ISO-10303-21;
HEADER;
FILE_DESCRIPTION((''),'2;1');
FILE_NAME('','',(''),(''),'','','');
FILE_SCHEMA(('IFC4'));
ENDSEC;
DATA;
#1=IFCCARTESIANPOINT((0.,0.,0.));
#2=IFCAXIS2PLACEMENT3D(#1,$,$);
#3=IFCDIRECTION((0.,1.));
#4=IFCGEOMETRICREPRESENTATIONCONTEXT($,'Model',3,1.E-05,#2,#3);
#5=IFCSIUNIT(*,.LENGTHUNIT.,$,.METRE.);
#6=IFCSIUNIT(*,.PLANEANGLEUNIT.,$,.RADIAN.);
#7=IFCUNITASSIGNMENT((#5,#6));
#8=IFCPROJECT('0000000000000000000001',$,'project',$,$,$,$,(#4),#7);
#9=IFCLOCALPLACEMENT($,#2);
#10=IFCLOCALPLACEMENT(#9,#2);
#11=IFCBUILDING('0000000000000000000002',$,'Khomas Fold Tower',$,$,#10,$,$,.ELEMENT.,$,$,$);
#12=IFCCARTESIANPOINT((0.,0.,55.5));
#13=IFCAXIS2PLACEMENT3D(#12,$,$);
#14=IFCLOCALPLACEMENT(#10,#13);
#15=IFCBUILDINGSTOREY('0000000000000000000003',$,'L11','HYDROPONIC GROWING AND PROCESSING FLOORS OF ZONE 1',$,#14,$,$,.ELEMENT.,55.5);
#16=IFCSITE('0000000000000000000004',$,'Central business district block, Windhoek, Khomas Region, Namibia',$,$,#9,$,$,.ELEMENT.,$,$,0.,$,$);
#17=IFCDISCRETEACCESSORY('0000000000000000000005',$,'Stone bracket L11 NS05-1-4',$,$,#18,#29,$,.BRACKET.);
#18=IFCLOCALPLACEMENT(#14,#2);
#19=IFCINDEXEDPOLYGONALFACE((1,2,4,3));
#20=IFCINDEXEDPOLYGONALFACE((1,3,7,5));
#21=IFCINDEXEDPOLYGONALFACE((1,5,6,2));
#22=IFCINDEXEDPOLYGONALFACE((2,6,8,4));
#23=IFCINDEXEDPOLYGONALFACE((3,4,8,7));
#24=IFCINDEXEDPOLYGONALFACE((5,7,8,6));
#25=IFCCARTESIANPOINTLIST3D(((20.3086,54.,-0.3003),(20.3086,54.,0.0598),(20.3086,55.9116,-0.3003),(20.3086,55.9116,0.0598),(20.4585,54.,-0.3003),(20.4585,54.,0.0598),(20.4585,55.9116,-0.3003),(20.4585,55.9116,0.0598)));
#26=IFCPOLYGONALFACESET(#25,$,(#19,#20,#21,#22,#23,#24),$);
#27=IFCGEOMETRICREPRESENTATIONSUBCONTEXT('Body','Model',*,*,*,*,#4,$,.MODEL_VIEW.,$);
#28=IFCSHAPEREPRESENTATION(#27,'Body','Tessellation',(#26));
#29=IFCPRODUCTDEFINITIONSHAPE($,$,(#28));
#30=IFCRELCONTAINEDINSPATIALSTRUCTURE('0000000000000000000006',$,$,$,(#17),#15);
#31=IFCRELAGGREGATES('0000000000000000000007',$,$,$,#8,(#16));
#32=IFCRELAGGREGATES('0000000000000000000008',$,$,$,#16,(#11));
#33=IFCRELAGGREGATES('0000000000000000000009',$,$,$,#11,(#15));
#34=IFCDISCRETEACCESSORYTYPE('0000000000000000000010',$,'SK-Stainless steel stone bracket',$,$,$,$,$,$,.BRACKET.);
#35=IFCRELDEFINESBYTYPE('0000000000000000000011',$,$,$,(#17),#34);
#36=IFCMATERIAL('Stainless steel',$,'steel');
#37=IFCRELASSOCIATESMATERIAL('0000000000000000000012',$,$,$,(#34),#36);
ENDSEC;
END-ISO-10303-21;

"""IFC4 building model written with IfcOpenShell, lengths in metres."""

from ifc_helpers import new_model, si_unit, direction, frame, origin, origin_2d, place, context, subcontext, project, spatial, rectangle, extrude, source, transform, mapped, material, type_object, element, save


model = new_model("IFC4")

# Units and contexts
model_context = context("Model", 3, precision=1e-05, world=origin(), true_north=direction((0.0, 1.0)))
body_context = subcontext(model_context, "Body", "Model", "MODEL_VIEW")
ifc_project = project(units=[si_unit("LENGTHUNIT", "METRE"), si_unit("PLANEANGLEUNIT", "RADIAN")], contexts=[model_context])

# Site, building, storey
site_placement = place(None, origin())
site = spatial("IfcSite", under=ifc_project, at=site_placement, Name="Central business district block, Windhoek, Khomas Region, Namibia", CompositionType="ELEMENT", RefElevation=0.0)
building_placement = place(site_placement, origin())
building = spatial("IfcBuilding", under=site, at=building_placement, Name="Khomas Fold Tower", CompositionType="ELEMENT")
storey_placement = place(building_placement, frame((0.0, 0.0, 55.5)))
storey = spatial("IfcBuildingStorey", under=building, at=storey_placement, Name="L11", Description="HYDROPONIC GROWING AND PROCESSING FLOORS OF ZONE 1", CompositionType="ELEMENT", Elevation=55.5)

# Discrete accessory
ifc_material_1 = material(Name="Stainless steel", Category="steel")
discrete_accessory_type = type_object("IfcDiscreteAccessoryType", Name="SK-Stainless steel stone bracket", PredefinedType="BRACKET", material=ifc_material_1)
shared_shape_1 = source(origin(), body_context, "Body", "SweptSolid", [
    extrude(rectangle(XDim=1.9116, YDim=0.1499, at=origin_2d()), origin(), (0.0, 0.0, 1.0), 0.3601),
])
discrete_accessory_placement = place(storey_placement, frame((20.3835, 54.9558, -0.3003), z_axis=(0.0, 0.0, 1.0), x_axis=(0.0, 1.0, 0.0)))
element("IfcDiscreteAccessory", 1, at=discrete_accessory_placement, inside=storey, type_object=discrete_accessory_type, Name="Stone bracket L11 NS05-1-4", PredefinedType="BRACKET", context=body_context, shape_type="MappedRepresentation", body=[
    mapped(shared_shape_1, transform((0.0, 0.0, 0.0))),
])

save(model, "model.ifc")
